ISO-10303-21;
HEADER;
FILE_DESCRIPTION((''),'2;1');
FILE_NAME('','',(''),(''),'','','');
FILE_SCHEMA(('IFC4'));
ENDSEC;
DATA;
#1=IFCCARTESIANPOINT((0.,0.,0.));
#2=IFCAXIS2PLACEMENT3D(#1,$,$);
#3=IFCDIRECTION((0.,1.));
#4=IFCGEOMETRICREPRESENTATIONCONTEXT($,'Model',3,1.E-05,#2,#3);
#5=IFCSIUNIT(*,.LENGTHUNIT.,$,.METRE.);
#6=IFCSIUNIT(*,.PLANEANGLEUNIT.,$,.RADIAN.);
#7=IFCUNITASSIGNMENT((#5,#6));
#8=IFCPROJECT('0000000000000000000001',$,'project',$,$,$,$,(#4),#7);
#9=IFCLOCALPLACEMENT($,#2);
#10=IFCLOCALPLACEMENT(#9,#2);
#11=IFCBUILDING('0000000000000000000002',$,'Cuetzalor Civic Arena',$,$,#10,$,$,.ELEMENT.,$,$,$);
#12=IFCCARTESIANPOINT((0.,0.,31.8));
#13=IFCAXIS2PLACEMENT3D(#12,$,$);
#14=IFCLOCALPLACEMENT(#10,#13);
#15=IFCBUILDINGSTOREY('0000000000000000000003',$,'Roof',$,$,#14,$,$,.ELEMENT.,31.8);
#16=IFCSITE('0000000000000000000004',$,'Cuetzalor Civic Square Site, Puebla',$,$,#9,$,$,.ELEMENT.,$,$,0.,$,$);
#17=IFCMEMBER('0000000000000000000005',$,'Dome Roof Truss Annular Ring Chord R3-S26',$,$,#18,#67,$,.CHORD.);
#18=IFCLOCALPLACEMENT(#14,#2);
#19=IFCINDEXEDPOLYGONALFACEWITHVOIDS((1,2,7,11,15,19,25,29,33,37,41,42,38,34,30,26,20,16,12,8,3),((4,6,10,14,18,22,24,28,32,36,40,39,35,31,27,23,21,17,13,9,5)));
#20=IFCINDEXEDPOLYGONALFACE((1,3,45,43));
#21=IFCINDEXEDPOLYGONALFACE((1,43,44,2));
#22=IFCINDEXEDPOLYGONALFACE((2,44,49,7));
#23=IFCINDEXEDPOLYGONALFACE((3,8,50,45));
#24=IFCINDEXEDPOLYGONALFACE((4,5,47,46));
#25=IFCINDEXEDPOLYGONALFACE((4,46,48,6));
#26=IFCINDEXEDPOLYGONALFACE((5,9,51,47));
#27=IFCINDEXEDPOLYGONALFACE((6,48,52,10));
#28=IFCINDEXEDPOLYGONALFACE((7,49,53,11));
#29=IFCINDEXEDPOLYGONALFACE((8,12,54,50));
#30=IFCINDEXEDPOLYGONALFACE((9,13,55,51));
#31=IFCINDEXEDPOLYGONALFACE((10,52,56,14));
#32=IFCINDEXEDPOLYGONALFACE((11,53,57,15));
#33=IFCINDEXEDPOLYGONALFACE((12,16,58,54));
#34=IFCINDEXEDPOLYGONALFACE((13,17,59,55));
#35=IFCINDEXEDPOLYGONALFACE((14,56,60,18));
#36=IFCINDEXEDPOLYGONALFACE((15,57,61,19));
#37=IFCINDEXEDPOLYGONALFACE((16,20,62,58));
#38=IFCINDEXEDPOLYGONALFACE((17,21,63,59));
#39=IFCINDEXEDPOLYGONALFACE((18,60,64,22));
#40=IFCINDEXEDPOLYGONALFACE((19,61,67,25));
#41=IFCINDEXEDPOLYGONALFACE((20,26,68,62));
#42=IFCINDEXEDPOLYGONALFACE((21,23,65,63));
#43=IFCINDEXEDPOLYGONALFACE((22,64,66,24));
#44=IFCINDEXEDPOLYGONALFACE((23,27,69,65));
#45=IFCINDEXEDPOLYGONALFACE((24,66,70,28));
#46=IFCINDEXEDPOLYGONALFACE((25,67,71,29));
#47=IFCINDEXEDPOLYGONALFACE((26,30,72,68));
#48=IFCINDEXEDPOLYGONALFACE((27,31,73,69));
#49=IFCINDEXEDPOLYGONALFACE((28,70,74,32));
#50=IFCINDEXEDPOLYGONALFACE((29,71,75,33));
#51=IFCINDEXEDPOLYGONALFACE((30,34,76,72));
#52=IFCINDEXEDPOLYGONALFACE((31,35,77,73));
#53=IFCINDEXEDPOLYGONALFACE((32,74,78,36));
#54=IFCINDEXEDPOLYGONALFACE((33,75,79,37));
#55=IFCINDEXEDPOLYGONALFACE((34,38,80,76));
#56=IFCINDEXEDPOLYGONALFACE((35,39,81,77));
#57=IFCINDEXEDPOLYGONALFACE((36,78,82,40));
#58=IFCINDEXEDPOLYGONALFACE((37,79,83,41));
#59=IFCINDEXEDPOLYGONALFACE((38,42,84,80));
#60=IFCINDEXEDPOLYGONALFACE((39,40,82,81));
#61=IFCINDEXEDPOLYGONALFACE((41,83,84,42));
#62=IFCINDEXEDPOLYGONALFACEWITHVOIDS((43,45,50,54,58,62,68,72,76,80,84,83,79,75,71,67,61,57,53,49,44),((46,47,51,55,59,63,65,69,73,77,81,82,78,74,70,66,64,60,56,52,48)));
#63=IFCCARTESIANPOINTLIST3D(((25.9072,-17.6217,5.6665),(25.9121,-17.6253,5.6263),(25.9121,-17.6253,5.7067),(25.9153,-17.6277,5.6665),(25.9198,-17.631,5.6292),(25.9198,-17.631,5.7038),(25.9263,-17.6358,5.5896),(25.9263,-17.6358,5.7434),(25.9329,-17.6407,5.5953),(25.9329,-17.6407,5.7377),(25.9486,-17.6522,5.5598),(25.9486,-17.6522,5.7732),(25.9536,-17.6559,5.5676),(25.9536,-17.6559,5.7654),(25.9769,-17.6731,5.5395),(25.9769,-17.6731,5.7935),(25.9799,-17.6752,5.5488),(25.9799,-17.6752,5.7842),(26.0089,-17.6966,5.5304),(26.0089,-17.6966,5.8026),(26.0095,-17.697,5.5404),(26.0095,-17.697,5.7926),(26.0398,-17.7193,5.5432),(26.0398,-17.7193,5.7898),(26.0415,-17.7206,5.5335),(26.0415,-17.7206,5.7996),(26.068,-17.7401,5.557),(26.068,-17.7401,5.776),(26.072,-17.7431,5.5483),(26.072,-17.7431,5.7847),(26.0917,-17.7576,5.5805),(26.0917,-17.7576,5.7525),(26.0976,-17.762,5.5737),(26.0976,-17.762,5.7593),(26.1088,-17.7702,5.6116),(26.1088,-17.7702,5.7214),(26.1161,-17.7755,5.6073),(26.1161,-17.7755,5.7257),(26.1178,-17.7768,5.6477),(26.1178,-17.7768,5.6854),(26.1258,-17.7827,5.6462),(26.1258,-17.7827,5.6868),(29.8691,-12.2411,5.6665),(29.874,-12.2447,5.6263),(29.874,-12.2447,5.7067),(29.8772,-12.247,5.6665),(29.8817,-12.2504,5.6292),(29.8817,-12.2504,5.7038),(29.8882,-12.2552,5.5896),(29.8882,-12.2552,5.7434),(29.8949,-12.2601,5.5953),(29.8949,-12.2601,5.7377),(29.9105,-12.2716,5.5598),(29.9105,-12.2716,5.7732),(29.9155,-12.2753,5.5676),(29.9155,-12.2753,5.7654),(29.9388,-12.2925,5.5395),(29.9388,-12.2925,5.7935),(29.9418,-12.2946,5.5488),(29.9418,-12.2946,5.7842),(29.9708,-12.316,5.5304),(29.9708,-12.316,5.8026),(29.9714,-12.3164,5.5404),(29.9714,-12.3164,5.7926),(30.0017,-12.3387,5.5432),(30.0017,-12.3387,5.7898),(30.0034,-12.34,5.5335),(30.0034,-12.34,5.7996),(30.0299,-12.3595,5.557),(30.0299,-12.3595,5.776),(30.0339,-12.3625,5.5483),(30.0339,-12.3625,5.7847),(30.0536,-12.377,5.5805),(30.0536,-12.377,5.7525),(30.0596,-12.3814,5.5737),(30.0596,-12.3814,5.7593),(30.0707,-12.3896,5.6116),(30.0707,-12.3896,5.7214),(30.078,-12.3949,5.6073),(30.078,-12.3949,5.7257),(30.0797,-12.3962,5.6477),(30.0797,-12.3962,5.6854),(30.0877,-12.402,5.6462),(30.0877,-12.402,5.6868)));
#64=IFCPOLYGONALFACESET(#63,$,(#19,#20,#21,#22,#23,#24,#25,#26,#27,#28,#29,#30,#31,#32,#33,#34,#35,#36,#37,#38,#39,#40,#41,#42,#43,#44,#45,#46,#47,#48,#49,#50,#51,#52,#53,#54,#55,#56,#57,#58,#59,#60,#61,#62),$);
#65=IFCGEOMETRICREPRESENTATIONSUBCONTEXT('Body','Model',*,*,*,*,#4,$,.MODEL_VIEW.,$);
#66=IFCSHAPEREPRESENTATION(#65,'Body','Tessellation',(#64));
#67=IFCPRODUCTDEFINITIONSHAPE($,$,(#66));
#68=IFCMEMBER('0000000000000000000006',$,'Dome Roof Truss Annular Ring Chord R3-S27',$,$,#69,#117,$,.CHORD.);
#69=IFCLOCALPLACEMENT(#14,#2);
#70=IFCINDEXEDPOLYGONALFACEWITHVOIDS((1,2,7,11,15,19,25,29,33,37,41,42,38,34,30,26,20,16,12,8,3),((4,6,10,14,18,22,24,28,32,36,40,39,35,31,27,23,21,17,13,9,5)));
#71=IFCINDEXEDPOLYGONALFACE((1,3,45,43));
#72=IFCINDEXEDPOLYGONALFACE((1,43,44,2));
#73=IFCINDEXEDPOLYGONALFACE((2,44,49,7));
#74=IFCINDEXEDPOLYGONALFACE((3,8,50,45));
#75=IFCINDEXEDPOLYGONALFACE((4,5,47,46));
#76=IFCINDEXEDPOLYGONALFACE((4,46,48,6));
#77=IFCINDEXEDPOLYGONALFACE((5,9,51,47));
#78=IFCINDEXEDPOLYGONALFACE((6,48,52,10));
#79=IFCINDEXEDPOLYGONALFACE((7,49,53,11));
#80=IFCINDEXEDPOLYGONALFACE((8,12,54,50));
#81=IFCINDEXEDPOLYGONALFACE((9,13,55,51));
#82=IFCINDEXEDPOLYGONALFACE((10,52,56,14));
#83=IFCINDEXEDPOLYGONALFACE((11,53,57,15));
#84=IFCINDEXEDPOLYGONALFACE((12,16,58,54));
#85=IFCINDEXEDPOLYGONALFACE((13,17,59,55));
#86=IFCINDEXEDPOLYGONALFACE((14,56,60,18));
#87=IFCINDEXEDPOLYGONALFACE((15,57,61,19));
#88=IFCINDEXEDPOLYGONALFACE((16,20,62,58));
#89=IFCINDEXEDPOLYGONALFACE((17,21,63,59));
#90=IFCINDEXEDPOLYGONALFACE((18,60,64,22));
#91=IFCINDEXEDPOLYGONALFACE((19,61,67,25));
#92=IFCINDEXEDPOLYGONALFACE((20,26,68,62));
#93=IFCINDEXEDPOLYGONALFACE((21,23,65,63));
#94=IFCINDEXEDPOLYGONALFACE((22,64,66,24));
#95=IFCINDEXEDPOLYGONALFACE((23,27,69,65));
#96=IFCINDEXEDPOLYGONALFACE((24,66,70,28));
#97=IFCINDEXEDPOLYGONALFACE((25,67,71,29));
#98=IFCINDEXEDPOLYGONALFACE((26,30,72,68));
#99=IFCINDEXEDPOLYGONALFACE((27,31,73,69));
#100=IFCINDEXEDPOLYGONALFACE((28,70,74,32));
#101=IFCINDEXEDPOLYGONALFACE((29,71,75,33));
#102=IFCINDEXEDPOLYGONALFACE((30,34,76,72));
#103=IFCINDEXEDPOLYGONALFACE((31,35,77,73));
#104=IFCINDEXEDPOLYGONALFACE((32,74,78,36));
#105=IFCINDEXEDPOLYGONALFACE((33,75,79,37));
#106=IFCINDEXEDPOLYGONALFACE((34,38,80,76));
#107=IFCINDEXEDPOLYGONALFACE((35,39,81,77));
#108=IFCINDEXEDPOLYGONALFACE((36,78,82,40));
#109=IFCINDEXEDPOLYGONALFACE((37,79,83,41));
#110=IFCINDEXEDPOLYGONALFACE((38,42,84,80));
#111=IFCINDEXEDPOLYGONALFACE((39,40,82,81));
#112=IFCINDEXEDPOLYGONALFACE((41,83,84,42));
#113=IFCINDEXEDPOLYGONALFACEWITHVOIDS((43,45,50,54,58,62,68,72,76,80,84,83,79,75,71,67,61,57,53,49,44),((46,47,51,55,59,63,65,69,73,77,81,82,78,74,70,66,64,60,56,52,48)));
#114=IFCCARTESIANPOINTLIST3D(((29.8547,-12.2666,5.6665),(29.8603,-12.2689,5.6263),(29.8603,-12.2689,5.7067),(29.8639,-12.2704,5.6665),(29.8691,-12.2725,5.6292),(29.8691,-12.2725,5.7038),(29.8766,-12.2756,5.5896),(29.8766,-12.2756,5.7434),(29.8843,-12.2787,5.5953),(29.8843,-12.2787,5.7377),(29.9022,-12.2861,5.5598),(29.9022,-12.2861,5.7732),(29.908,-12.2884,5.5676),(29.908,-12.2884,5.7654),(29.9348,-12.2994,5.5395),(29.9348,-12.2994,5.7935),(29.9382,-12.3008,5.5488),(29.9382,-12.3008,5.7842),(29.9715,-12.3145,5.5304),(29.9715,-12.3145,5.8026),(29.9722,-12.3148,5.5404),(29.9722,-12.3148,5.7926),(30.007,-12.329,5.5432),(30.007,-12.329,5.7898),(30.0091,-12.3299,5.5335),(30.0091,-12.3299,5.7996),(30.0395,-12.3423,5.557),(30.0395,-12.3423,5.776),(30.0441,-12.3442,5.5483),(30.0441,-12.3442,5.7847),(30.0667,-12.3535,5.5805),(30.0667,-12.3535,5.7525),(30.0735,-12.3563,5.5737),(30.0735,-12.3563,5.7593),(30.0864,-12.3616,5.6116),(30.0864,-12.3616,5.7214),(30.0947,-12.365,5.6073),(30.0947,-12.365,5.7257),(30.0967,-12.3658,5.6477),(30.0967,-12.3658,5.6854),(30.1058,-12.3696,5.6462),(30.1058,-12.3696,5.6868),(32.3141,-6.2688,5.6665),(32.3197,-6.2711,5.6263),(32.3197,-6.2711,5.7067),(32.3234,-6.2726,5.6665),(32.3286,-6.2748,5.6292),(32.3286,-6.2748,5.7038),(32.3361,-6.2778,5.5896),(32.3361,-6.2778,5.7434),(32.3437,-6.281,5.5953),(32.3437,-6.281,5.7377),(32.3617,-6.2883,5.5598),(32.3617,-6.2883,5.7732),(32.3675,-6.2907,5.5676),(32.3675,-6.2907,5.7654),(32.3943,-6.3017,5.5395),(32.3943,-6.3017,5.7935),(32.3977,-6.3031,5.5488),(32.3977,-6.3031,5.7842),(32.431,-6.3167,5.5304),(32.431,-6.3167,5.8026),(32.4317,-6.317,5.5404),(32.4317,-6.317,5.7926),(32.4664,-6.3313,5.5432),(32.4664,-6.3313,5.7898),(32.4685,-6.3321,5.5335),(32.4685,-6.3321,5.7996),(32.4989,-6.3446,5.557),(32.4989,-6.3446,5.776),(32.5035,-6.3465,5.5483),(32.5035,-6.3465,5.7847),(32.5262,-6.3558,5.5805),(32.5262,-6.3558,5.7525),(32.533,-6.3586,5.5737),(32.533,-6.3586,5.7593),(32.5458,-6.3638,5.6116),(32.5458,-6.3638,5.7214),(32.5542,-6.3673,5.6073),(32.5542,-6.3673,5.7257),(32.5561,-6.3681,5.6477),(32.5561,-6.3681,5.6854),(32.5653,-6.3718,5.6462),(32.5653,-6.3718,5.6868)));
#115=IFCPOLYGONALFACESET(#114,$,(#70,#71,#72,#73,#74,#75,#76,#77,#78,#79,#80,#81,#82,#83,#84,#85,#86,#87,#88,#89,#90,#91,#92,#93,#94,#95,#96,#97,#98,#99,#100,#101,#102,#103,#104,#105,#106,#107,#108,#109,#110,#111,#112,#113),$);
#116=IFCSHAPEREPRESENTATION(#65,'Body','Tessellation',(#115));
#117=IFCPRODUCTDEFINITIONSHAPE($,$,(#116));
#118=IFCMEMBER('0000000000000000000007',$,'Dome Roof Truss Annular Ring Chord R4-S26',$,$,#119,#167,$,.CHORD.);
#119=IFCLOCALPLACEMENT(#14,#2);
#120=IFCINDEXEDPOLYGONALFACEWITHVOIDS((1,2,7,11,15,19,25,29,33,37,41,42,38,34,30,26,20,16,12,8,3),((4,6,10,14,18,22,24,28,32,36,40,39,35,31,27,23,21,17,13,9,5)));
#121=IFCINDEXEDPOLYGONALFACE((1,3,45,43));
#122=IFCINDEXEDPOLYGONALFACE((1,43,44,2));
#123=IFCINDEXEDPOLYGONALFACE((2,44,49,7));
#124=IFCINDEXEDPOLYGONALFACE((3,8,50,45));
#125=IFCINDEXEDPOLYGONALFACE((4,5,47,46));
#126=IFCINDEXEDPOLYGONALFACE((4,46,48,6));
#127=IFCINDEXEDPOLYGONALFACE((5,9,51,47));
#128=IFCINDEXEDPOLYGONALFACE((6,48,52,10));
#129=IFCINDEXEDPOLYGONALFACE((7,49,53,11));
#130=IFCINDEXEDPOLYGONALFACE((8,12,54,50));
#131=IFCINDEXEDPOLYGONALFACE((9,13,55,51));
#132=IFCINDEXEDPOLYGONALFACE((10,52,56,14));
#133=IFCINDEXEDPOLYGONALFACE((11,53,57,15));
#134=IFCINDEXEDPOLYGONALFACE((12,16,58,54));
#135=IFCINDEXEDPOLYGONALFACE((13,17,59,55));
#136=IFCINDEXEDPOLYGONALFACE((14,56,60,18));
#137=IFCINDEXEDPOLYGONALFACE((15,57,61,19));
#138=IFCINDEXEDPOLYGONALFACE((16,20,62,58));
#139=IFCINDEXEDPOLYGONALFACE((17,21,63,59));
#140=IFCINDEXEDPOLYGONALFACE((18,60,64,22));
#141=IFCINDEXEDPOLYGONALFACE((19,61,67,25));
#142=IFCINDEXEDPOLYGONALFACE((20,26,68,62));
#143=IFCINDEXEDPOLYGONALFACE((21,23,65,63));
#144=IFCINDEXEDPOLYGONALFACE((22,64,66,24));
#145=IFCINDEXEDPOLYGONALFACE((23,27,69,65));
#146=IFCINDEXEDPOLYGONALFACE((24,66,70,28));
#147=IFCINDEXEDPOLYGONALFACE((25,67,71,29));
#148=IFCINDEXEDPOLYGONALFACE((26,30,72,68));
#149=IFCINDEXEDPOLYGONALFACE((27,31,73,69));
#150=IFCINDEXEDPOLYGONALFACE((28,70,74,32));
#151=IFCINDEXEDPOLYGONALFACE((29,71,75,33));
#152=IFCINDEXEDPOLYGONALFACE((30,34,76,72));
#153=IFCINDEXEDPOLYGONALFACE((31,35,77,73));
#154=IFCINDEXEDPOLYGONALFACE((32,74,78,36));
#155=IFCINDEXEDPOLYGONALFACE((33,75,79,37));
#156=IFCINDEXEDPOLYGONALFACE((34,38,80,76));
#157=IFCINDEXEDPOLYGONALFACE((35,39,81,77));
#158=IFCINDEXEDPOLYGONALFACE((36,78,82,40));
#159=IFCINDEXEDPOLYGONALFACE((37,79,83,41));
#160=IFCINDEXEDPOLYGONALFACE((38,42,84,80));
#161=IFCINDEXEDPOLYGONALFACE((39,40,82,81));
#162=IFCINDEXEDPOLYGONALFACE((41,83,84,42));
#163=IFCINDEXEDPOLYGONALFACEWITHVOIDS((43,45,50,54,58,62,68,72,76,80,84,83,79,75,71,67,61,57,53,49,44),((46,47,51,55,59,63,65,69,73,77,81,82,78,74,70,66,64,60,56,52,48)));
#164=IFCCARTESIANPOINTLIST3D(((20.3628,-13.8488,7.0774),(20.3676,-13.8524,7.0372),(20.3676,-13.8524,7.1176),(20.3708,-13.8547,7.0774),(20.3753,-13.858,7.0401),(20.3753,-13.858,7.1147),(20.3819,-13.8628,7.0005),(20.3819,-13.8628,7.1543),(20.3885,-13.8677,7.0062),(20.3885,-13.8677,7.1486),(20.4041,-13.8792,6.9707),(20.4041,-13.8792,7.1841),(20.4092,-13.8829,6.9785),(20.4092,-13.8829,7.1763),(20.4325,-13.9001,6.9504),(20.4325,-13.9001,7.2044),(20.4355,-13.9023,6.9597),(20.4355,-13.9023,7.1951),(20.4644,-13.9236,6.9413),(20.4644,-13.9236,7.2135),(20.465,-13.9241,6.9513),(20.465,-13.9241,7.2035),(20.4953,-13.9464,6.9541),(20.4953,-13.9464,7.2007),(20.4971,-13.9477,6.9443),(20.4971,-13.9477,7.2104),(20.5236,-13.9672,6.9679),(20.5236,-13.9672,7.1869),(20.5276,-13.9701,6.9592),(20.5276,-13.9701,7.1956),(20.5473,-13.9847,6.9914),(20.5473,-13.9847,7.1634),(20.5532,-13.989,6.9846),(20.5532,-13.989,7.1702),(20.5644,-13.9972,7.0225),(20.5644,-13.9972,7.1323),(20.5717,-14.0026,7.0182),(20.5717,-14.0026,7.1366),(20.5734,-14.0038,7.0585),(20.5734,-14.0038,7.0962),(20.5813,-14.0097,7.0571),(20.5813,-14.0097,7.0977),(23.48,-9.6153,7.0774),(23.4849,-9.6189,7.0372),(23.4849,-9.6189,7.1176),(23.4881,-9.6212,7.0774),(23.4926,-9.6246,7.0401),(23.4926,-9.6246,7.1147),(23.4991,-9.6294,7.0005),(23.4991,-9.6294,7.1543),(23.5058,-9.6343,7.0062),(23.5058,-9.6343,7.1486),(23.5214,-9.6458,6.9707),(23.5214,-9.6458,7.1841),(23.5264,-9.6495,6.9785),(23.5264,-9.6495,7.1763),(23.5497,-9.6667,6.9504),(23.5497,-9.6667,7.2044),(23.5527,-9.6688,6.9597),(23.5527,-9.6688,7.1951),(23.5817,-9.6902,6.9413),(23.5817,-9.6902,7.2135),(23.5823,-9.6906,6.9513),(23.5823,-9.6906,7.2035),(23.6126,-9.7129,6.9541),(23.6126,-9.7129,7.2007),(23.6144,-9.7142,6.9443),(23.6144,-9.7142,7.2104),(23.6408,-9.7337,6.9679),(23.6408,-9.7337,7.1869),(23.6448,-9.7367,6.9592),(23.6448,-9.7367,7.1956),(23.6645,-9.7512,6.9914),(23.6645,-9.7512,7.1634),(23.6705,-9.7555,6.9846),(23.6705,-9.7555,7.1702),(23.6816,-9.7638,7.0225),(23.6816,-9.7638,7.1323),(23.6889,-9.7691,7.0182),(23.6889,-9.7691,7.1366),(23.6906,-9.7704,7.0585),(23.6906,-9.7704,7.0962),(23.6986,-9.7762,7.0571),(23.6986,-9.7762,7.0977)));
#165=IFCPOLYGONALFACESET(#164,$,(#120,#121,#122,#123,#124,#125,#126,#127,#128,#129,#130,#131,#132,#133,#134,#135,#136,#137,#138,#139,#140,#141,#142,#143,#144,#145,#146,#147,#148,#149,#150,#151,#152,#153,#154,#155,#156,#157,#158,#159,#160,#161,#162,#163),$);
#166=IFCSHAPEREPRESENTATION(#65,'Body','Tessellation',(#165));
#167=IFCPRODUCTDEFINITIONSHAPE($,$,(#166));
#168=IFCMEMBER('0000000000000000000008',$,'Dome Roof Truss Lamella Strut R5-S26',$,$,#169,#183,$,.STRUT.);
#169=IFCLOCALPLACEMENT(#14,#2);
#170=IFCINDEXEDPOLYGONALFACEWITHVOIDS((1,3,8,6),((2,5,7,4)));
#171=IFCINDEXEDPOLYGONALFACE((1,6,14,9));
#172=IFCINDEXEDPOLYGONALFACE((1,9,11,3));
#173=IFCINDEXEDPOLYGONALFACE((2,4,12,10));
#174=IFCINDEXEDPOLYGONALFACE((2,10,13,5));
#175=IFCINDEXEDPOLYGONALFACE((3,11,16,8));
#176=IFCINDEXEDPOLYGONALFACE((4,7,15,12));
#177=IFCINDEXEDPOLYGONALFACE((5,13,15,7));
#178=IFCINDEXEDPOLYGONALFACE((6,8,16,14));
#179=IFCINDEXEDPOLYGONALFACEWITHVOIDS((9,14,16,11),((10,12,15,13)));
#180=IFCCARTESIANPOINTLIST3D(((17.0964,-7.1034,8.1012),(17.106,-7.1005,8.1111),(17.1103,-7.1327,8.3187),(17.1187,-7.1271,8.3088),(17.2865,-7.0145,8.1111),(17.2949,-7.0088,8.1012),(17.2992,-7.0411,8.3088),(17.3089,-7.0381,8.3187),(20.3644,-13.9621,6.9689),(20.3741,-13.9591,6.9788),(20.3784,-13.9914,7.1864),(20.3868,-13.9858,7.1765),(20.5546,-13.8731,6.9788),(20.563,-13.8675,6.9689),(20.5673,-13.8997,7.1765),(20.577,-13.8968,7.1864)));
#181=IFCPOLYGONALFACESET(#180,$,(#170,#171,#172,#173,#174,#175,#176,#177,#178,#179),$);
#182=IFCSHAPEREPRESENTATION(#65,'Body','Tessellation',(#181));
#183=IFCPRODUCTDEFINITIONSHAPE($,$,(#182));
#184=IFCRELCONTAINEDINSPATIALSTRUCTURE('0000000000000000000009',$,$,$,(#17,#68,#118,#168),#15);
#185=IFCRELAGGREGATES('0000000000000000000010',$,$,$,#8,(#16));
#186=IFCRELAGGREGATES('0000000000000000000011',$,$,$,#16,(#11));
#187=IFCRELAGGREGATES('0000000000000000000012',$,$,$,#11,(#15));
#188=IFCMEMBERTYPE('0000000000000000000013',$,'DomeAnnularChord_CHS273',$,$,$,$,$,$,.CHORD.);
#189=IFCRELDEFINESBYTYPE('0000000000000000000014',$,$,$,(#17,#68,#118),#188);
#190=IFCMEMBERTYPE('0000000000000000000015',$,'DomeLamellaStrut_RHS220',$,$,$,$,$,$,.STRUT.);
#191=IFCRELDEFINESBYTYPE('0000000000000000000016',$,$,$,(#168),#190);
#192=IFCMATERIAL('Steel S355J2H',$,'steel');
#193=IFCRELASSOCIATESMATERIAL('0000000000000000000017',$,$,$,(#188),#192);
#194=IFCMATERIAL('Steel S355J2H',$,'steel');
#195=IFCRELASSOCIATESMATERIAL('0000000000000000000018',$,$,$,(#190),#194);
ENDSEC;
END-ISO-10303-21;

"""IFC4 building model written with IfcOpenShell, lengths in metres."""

from ifc_helpers import new_model, si_unit, direction, frame, origin, origin_2d, place, context, subcontext, project, spatial, hollow_rectangle, hollow_circle, extrude, material, material_profile, profile_set, type_object, element, save


model = new_model("IFC4")

# Units and contexts
model_context = context("Model", 3, precision=1e-05, world=origin(), true_north=direction((0.0, 1.0)))
body_context = subcontext(model_context, "Body", "Model", "MODEL_VIEW")
ifc_project = project(units=[si_unit("LENGTHUNIT", "METRE"), si_unit("PLANEANGLEUNIT", "RADIAN")], contexts=[model_context])

# Site, building, storey
site_placement = place(None, origin())
site = spatial("IfcSite", under=ifc_project, at=site_placement, Name="Cuetzalor Civic Square Site, Puebla", CompositionType="ELEMENT", RefElevation=0.0)
building_placement = place(site_placement, origin())
building = spatial("IfcBuilding", under=site, at=building_placement, Name="Cuetzalor Civic Arena", CompositionType="ELEMENT")
storey_placement = place(building_placement, frame((0.0, 0.0, 31.8)))
storey = spatial("IfcBuildingStorey", under=building, at=storey_placement, Name="Roof", CompositionType="ELEMENT", Elevation=31.8)

# Members
ifc_material_1 = material(Name="Steel S355J2H", Category="steel")
ifc_material_profile_1 = material_profile(ifc_material_1, hollow_circle(Radius=0.1365, WallThickness=0.01, at=origin_2d()), Name="CHS 273x10")
ifc_profile_set_1 = profile_set([ifc_material_profile_1], Name="Steel S355J2H")
member_type_1 = type_object("IfcMemberType", Name="DomeAnnularChord_CHS273", PredefinedType="CHORD", material=ifc_profile_set_1)
member_1_placement = place(storey_placement, frame((26.0171, -17.7026, 5.6665), z_axis=(0.592932, 0.805252, 0.0), x_axis=(-0.805252, 0.592932, 0.0)))
element("IfcMember", 1, at=member_1_placement, inside=storey, type_object=member_type_1, Name="Dome Roof Truss Annular Ring Chord R3-S26", PredefinedType="CHORD", context=body_context, shape_type="SweptSolid", body=[
    extrude(hollow_circle(Radius=0.1365, WallThickness=0.01, at=origin_2d()), origin(), (0.0, 0.0, 1.0), 6.6819),
])
member_2_placement = place(storey_placement, frame((29.981, -12.3184, 5.6665), z_axis=(0.379403, 0.925232, 0.0), x_axis=(-0.925232, 0.379403, 0.0)))
element("IfcMember", 2, at=member_2_placement, inside=storey, type_object=member_type_1, Name="Dome Roof Truss Annular Ring Chord R3-S27", PredefinedType="CHORD", context=body_context, shape_type="SweptSolid", body=[
    extrude(hollow_circle(Radius=0.1365, WallThickness=0.01, at=origin_2d()), origin(), (0.0, 0.0, 1.0), 6.4824),
])
member_3_placement = place(storey_placement, frame((20.4727, -13.9297, 7.0774), z_axis=(0.592933, 0.805252, 0.0), x_axis=(-0.805252, 0.592933, 0.0)))
element("IfcMember", 3, at=member_3_placement, inside=storey, type_object=member_type_1, Name="Dome Roof Truss Annular Ring Chord R4-S26", PredefinedType="CHORD", context=body_context, shape_type="SweptSolid", body=[
    extrude(hollow_circle(Radius=0.1365, WallThickness=0.01, at=origin_2d()), origin(), (0.0, 0.0, 1.0), 5.2573),
])
ifc_material_2 = material(Name="Steel S355J2H", Category="steel")
ifc_material_profile_2 = material_profile(ifc_material_2, hollow_rectangle(XDim=0.22, YDim=0.22, WallThickness=0.01, at=origin_2d()), Name="RHS 220x220x10")
ifc_profile_set_2 = profile_set([ifc_material_profile_2], Name="Steel S355J2H")
member_type_2 = type_object("IfcMemberType", Name="DomeLamellaStrut_RHS220", PredefinedType="STRUT", material=ifc_profile_set_2)
member_4_placement = place(storey_placement, frame((20.4707, -13.9294, 7.0776), z_axis=(-0.425454, 0.892894, 0.147412), x_axis=(-0.902756, -0.430153, 0.0)))
element("IfcMember", 4, at=member_4_placement, inside=storey, type_object=member_type_2, Name="Dome Roof Truss Lamella Strut R5-S26", PredefinedType="STRUT", context=body_context, shape_type="SweptSolid", body=[
    extrude(hollow_rectangle(XDim=0.22, YDim=0.22, WallThickness=0.01, at=origin_2d()), origin(), (0.0, 0.0, 1.0), 7.6814),
])

save(model, "model.ifc")
